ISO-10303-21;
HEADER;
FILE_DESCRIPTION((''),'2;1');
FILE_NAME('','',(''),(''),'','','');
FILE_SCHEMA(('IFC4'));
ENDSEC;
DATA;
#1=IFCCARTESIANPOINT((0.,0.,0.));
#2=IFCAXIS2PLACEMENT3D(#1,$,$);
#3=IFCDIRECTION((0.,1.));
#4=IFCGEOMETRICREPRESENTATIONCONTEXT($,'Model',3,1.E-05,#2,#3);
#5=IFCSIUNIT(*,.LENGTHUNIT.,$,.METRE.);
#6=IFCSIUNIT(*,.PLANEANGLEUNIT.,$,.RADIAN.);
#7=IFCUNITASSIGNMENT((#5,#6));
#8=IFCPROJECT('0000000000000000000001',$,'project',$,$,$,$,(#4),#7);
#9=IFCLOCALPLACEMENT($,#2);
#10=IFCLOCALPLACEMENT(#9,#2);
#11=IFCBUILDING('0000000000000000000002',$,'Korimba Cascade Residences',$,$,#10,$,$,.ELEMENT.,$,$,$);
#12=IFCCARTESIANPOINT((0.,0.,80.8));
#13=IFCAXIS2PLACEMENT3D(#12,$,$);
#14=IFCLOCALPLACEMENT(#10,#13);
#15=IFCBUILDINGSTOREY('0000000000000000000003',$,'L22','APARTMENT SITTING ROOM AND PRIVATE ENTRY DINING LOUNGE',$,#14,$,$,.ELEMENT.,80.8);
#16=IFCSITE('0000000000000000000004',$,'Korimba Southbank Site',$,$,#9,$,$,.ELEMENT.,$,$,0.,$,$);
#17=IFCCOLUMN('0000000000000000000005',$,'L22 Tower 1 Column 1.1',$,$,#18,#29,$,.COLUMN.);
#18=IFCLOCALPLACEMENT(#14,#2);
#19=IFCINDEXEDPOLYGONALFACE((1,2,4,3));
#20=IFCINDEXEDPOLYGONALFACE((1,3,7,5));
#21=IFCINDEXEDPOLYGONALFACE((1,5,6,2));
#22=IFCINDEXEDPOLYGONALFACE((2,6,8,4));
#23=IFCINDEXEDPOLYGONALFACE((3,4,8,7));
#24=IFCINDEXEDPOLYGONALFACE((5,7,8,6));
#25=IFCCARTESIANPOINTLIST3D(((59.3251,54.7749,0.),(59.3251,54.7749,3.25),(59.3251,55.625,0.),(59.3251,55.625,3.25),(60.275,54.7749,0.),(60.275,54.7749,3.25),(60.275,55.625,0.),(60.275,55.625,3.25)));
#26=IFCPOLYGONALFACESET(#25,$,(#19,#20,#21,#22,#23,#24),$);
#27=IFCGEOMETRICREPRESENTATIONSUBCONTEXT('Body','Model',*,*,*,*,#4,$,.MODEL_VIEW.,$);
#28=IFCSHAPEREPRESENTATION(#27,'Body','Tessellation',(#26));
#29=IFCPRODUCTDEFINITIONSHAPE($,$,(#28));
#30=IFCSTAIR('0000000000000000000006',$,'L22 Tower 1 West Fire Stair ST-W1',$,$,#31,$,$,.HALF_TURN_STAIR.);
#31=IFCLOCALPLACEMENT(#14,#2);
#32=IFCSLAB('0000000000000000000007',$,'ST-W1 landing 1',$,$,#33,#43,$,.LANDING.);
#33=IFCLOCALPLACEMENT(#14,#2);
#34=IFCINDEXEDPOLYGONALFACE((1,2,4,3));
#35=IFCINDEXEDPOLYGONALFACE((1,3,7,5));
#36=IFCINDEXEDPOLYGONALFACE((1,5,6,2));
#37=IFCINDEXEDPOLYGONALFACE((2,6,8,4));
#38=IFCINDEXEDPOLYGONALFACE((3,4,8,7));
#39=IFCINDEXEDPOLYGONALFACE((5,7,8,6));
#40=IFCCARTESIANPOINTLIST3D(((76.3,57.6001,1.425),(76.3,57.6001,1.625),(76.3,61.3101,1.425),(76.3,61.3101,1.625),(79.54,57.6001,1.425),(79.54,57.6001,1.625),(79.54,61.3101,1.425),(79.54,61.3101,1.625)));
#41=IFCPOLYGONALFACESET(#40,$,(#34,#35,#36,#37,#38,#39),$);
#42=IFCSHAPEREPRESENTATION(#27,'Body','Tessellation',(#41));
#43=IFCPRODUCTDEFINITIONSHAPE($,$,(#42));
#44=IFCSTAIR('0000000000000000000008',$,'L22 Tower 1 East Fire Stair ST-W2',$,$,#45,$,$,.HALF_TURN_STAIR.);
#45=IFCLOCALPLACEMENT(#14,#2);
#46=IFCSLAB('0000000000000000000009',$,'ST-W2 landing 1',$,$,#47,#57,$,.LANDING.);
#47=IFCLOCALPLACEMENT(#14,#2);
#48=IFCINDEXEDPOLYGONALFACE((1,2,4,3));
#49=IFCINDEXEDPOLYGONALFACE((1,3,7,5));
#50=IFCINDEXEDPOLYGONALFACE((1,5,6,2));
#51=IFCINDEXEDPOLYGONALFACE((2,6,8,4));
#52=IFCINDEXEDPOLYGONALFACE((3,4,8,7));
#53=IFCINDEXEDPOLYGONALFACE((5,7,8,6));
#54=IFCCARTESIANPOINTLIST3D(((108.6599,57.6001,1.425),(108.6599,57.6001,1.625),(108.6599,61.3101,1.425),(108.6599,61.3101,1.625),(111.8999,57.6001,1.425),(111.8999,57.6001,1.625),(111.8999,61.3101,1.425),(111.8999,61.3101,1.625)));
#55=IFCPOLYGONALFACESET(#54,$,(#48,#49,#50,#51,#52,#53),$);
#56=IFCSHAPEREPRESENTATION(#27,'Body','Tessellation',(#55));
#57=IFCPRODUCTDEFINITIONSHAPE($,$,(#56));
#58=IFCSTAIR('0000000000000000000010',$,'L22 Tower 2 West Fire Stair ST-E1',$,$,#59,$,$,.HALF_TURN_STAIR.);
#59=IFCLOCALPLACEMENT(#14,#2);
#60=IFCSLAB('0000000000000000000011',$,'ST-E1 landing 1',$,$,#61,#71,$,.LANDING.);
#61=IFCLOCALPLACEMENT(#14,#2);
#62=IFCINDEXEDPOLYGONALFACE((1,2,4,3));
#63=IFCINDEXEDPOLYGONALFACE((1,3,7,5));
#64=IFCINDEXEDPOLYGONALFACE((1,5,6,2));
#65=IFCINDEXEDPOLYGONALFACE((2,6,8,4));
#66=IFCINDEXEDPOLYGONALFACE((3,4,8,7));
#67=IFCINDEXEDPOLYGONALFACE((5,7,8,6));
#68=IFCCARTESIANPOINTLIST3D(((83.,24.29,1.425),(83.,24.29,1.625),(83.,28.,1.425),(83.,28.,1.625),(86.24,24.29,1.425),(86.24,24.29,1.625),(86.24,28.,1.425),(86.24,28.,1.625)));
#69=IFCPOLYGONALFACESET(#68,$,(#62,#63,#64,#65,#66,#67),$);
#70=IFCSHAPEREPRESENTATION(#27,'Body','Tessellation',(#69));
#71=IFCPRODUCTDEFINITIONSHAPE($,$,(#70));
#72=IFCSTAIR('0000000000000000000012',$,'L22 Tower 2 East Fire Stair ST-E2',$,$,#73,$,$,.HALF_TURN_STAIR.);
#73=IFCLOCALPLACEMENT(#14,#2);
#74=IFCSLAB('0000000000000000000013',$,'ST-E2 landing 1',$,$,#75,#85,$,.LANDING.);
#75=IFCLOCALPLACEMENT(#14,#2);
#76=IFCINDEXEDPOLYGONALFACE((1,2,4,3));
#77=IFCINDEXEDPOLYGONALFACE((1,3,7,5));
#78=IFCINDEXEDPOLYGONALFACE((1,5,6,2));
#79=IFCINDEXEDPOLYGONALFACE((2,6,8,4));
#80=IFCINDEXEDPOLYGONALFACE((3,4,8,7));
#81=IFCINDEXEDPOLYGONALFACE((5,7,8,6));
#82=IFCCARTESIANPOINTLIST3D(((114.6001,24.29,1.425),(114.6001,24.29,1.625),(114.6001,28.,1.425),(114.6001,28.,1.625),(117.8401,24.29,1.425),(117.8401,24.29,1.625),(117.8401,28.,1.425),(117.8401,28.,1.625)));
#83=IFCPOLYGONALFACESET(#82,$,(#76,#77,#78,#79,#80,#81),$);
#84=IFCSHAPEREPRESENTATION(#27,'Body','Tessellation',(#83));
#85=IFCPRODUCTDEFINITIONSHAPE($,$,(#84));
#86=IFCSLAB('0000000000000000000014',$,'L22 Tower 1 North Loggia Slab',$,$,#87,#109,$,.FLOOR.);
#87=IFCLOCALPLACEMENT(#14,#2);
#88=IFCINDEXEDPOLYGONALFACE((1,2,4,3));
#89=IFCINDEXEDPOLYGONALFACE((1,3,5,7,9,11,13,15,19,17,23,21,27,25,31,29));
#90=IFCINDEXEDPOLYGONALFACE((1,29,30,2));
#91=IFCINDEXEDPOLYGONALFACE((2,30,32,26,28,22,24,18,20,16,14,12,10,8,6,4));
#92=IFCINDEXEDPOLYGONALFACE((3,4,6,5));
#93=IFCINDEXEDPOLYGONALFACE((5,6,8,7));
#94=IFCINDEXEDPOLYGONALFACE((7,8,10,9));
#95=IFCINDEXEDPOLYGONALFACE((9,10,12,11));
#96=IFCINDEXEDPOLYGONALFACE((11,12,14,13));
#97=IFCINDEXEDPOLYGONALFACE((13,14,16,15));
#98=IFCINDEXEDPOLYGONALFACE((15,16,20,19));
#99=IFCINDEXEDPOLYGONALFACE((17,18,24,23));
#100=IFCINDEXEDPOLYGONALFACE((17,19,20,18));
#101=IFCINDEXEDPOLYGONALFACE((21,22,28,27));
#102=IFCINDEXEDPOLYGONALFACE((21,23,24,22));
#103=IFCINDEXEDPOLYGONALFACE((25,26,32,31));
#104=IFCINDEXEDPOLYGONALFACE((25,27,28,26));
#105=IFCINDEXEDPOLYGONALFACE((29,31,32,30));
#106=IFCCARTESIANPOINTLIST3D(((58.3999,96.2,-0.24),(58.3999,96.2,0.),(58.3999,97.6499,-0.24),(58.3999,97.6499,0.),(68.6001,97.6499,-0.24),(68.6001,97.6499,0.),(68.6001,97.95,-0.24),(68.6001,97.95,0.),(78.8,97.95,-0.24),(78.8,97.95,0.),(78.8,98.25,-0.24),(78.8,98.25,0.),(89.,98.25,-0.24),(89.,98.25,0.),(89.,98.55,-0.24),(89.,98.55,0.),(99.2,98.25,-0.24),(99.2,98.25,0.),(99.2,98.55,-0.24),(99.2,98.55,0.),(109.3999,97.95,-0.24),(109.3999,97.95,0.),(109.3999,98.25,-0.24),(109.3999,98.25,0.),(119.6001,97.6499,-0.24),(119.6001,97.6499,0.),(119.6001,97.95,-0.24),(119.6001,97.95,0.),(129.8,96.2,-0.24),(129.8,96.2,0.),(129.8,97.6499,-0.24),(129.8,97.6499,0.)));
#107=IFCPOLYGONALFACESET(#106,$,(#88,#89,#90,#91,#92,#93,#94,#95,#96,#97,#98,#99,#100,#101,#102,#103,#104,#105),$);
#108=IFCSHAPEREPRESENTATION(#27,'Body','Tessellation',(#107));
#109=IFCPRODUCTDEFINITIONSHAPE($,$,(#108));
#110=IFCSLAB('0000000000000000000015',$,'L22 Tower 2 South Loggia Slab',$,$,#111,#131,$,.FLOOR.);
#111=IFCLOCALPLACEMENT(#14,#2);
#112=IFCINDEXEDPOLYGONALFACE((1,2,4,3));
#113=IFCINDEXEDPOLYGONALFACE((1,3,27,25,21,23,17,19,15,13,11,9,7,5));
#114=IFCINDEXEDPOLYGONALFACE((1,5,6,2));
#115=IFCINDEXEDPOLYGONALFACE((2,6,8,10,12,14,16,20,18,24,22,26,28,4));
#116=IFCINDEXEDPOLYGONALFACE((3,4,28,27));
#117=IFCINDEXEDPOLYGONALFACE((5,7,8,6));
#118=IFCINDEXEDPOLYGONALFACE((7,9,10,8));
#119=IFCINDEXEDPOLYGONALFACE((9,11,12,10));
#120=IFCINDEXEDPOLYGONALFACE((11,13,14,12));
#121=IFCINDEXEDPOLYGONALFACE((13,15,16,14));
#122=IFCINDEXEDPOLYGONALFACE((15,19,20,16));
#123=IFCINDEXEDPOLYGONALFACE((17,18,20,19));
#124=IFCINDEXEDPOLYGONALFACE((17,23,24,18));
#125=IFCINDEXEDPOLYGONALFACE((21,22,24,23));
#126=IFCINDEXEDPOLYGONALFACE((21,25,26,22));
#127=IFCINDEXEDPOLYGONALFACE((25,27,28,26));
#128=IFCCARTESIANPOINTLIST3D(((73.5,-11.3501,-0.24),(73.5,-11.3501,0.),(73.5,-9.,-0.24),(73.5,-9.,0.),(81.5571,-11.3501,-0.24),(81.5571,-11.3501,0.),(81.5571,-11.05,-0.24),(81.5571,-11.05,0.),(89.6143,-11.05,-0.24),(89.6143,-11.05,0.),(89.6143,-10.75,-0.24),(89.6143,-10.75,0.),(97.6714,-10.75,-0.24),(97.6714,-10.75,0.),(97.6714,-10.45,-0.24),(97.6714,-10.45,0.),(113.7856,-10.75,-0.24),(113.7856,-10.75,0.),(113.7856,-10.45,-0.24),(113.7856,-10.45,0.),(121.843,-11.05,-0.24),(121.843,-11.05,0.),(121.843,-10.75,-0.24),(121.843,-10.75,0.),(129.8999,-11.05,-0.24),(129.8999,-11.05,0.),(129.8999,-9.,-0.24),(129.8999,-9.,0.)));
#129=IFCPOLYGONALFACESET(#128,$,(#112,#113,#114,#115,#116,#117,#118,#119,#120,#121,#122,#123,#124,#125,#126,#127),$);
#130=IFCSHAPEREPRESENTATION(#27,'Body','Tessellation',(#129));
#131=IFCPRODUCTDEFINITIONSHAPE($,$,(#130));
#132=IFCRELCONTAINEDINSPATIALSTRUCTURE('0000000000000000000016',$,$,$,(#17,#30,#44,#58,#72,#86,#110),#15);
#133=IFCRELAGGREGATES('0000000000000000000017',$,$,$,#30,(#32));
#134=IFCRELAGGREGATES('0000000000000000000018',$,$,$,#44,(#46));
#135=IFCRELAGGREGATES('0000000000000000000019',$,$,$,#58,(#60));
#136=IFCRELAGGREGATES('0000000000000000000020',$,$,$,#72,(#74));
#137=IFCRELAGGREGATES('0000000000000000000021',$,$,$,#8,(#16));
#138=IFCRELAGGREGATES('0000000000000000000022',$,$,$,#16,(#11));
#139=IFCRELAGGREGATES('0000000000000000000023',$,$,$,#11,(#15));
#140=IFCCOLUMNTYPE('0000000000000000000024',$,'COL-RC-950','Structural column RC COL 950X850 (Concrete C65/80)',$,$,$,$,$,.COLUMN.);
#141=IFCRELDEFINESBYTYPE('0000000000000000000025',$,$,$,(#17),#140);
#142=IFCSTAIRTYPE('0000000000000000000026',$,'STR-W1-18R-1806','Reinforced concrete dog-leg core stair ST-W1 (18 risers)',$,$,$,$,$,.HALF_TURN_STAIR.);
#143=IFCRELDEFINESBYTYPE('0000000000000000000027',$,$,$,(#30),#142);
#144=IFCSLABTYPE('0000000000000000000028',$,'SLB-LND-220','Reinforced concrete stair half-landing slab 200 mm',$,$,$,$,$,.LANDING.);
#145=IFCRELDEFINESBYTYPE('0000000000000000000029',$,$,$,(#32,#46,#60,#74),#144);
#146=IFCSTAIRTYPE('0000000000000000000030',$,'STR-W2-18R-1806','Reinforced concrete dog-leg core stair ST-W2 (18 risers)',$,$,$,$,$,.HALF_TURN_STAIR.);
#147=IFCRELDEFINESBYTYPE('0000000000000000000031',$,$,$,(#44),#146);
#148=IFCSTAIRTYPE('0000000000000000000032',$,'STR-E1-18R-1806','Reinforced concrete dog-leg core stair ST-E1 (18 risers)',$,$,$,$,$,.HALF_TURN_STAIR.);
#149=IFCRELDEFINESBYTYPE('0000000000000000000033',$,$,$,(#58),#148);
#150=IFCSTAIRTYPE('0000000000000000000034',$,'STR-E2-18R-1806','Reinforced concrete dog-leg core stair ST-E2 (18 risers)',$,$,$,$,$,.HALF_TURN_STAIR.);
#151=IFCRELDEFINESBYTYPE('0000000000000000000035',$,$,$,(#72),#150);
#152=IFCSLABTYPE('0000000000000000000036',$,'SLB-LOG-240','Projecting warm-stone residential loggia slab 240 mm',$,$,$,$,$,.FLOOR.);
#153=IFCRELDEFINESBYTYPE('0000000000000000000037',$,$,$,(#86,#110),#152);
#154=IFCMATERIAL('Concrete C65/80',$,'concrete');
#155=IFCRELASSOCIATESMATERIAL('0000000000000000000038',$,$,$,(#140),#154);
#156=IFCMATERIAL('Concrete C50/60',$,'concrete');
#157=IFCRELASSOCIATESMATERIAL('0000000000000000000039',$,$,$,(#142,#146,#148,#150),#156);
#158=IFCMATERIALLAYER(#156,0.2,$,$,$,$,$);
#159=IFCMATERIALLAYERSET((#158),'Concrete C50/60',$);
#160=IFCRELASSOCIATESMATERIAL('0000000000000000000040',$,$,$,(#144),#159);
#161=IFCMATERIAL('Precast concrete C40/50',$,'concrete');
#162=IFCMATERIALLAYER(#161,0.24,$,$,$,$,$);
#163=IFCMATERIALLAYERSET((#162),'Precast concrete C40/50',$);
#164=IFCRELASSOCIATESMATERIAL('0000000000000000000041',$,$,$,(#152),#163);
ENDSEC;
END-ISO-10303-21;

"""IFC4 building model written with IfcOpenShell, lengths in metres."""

from ifc_helpers import new_model, si_unit, direction, frame, origin, origin_2d, place, context, subcontext, project, spatial, polyline, rectangle, outline, extrude, material, layer, layer_set, material_profile, profile_set, type_object, element, aggregate, save


model = new_model("IFC4")

# Units and contexts
model_context = context("Model", 3, precision=1e-05, world=origin(), true_north=direction((0.0, 1.0)))
body_context = subcontext(model_context, "Body", "Model", "MODEL_VIEW")
ifc_project = project(units=[si_unit("LENGTHUNIT", "METRE"), si_unit("PLANEANGLEUNIT", "RADIAN")], contexts=[model_context])

# Site, building, storey
site_placement = place(None, origin())
site = spatial("IfcSite", under=ifc_project, at=site_placement, Name="Korimba Southbank Site", CompositionType="ELEMENT", RefElevation=0.0)
building_placement = place(site_placement, origin())
building = spatial("IfcBuilding", under=site, at=building_placement, Name="Korimba Cascade Residences", CompositionType="ELEMENT")
storey_placement = place(building_placement, frame((0.0, 0.0, 80.8)))
storey = spatial("IfcBuildingStorey", under=building, at=storey_placement, Name="L22", Description="APARTMENT SITTING ROOM AND PRIVATE ENTRY DINING LOUNGE", CompositionType="ELEMENT", Elevation=80.8)

# Column
ifc_material_1 = material(Name="Concrete C65/80", Category="concrete")
ifc_material_profile = material_profile(ifc_material_1, rectangle(XDim=0.95, YDim=0.8501, at=origin_2d()), Name="Concrete C65/80")
ifc_profile_set = profile_set([ifc_material_profile], Name="Concrete C65/80")
column_type = type_object("IfcColumnType", Name="COL-RC-950", Description="Structural column RC COL 950X850 (Concrete C65/80)", PredefinedType="COLUMN", material=ifc_profile_set)
column_placement = place(storey_placement, frame((59.8, 55.2, 0.0), z_axis=(0.0, 0.0, 1.0), x_axis=(1.0, 0.0, 0.0)))
element("IfcColumn", 1, at=column_placement, inside=storey, type_object=column_type, Name="L22 Tower 1 Column 1.1", PredefinedType="COLUMN", context=body_context, shape_type="SweptSolid", body=[
    extrude(rectangle(XDim=0.95, YDim=0.8501, at=origin_2d()), origin(), (0.0, 0.0, 1.0), 3.25),
])

# Stairs, slabs
ifc_material_2 = material(Name="Concrete C50/60", Category="concrete")
stair_type_1 = type_object("IfcStairType", Name="STR-W1-18R-1806", Description="Reinforced concrete dog-leg core stair ST-W1 (18 risers)", PredefinedType="HALF_TURN_STAIR", material=ifc_material_2)
stair_1_placement = place(storey_placement, origin())
stair_1 = element("IfcStair", 2, at=stair_1_placement, inside=storey, type_object=stair_type_1, Name="L22 Tower 1 West Fire Stair ST-W1", PredefinedType="HALF_TURN_STAIR")
ifc_layer_1 = layer(ifc_material_2, 0.2)
ifc_layer_set_1 = layer_set([ifc_layer_1], Name="Concrete C50/60")
slab_type_1 = type_object("IfcSlabType", Name="SLB-LND-220", Description="Reinforced concrete stair half-landing slab 200 mm", PredefinedType="LANDING", material=ifc_layer_set_1)
slab_1_placement = place(storey_placement, frame((0.0, 0.0, 1.425)))
slab_1 = element("IfcSlab", 3, at=slab_1_placement, type_object=slab_type_1, Name="ST-W1 landing 1", PredefinedType="LANDING", context=body_context, shape_type="SweptSolid", body=[
    extrude(outline(polyline([(76.3, 61.3101), (76.3, 57.6001), (79.54, 57.6001), (79.54, 61.3101), (76.3, 61.3101)])), origin(), (0.0, 0.0, 1.0), 0.2),
])
aggregate(stair_1, [slab_1])
stair_type_2 = type_object("IfcStairType", Name="STR-W2-18R-1806", Description="Reinforced concrete dog-leg core stair ST-W2 (18 risers)", PredefinedType="HALF_TURN_STAIR", material=ifc_material_2)
stair_2_placement = place(storey_placement, origin())
stair_2 = element("IfcStair", 4, at=stair_2_placement, inside=storey, type_object=stair_type_2, Name="L22 Tower 1 East Fire Stair ST-W2", PredefinedType="HALF_TURN_STAIR")
slab_2_placement = place(storey_placement, frame((0.0, 0.0, 1.425)))
slab_2 = element("IfcSlab", 5, at=slab_2_placement, type_object=slab_type_1, Name="ST-W2 landing 1", PredefinedType="LANDING", context=body_context, shape_type="SweptSolid", body=[
    extrude(outline(polyline([(108.6599, 61.3101), (108.6599, 57.6001), (111.8999, 57.6001), (111.8999, 61.3101), (108.6599, 61.3101)])), origin(), (0.0, 0.0, 1.0), 0.2),
])
aggregate(stair_2, [slab_2])
stair_type_3 = type_object("IfcStairType", Name="STR-E1-18R-1806", Description="Reinforced concrete dog-leg core stair ST-E1 (18 risers)", PredefinedType="HALF_TURN_STAIR", material=ifc_material_2)
stair_3_placement = place(storey_placement, origin())
stair_3 = element("IfcStair", 6, at=stair_3_placement, inside=storey, type_object=stair_type_3, Name="L22 Tower 2 West Fire Stair ST-E1", PredefinedType="HALF_TURN_STAIR")
slab_3_placement = place(storey_placement, frame((0.0, 0.0, 1.425)))
slab_3 = element("IfcSlab", 7, at=slab_3_placement, type_object=slab_type_1, Name="ST-E1 landing 1", PredefinedType="LANDING", context=body_context, shape_type="SweptSolid", body=[
    extrude(outline(polyline([(86.24, 24.29), (86.24, 28.0), (83.0, 28.0), (83.0, 24.29), (86.24, 24.29)])), origin(), (0.0, 0.0, 1.0), 0.2),
])
aggregate(stair_3, [slab_3])
stair_type_4 = type_object("IfcStairType", Name="STR-E2-18R-1806", Description="Reinforced concrete dog-leg core stair ST-E2 (18 risers)", PredefinedType="HALF_TURN_STAIR", material=ifc_material_2)
stair_4_placement = place(storey_placement, origin())
stair_4 = element("IfcStair", 8, at=stair_4_placement, inside=storey, type_object=stair_type_4, Name="L22 Tower 2 East Fire Stair ST-E2", PredefinedType="HALF_TURN_STAIR")
slab_4_placement = place(storey_placement, frame((0.0, 0.0, 1.425)))
slab_4 = element("IfcSlab", 9, at=slab_4_placement, type_object=slab_type_1, Name="ST-E2 landing 1", PredefinedType="LANDING", context=body_context, shape_type="SweptSolid", body=[
    extrude(outline(polyline([(117.8401, 24.29), (117.8401, 28.0), (114.6001, 28.0), (114.6001, 24.29), (117.8401, 24.29)])), origin(), (0.0, 0.0, 1.0), 0.2),
])
aggregate(stair_4, [slab_4])

# Slabs
ifc_material_3 = material(Name="Precast concrete C40/50", Category="concrete")
ifc_layer_2 = layer(ifc_material_3, 0.24)
ifc_layer_set_2 = layer_set([ifc_layer_2], Name="Precast concrete C40/50")
slab_type_2 = type_object("IfcSlabType", Name="SLB-LOG-240", Description="Projecting warm-stone residential loggia slab 240 mm", PredefinedType="FLOOR", material=ifc_layer_set_2)
slab_5_placement = place(storey_placement, frame((0.0, 0.0, -0.24)))
element("IfcSlab", 10, at=slab_5_placement, inside=storey, type_object=slab_type_2, Name="L22 Tower 1 North Loggia Slab", PredefinedType="FLOOR", context=body_context, shape_type="SweptSolid", body=[
    extrude(outline(polyline([(58.3999, 96.2), (129.8, 96.2), (129.8, 97.6499), (119.6001, 97.6499), (119.6001, 97.95), (109.3999, 97.95), (109.3999, 98.25), (99.2, 98.25), (99.2, 98.55), (89.0, 98.55), (89.0, 98.25), (78.8, 98.25), (78.8, 97.95), (68.6001, 97.95), (68.6001, 97.6499), (58.3999, 97.6499), (58.3999, 96.2)])), origin(), (0.0, 0.0, 1.0), 0.24),
])
slab_6_placement = place(storey_placement, frame((0.0, 0.0, -0.24)))
element("IfcSlab", 11, at=slab_6_placement, inside=storey, type_object=slab_type_2, Name="L22 Tower 2 South Loggia Slab", PredefinedType="FLOOR", context=body_context, shape_type="SweptSolid", body=[
    extrude(outline(polyline([(73.5, -11.3501), (81.5571, -11.3501), (81.5571, -11.05), (89.6143, -11.05), (89.6143, -10.75), (97.6714, -10.75), (97.6714, -10.45), (113.7856, -10.45), (113.7856, -10.75), (121.843, -10.75), (121.843, -11.05), (129.8999, -11.05), (129.8999, -9.0), (73.5, -9.0), (73.5, -11.3501)])), origin(), (0.0, 0.0, 1.0), 0.24),
])

save(model, "model.ifc")
